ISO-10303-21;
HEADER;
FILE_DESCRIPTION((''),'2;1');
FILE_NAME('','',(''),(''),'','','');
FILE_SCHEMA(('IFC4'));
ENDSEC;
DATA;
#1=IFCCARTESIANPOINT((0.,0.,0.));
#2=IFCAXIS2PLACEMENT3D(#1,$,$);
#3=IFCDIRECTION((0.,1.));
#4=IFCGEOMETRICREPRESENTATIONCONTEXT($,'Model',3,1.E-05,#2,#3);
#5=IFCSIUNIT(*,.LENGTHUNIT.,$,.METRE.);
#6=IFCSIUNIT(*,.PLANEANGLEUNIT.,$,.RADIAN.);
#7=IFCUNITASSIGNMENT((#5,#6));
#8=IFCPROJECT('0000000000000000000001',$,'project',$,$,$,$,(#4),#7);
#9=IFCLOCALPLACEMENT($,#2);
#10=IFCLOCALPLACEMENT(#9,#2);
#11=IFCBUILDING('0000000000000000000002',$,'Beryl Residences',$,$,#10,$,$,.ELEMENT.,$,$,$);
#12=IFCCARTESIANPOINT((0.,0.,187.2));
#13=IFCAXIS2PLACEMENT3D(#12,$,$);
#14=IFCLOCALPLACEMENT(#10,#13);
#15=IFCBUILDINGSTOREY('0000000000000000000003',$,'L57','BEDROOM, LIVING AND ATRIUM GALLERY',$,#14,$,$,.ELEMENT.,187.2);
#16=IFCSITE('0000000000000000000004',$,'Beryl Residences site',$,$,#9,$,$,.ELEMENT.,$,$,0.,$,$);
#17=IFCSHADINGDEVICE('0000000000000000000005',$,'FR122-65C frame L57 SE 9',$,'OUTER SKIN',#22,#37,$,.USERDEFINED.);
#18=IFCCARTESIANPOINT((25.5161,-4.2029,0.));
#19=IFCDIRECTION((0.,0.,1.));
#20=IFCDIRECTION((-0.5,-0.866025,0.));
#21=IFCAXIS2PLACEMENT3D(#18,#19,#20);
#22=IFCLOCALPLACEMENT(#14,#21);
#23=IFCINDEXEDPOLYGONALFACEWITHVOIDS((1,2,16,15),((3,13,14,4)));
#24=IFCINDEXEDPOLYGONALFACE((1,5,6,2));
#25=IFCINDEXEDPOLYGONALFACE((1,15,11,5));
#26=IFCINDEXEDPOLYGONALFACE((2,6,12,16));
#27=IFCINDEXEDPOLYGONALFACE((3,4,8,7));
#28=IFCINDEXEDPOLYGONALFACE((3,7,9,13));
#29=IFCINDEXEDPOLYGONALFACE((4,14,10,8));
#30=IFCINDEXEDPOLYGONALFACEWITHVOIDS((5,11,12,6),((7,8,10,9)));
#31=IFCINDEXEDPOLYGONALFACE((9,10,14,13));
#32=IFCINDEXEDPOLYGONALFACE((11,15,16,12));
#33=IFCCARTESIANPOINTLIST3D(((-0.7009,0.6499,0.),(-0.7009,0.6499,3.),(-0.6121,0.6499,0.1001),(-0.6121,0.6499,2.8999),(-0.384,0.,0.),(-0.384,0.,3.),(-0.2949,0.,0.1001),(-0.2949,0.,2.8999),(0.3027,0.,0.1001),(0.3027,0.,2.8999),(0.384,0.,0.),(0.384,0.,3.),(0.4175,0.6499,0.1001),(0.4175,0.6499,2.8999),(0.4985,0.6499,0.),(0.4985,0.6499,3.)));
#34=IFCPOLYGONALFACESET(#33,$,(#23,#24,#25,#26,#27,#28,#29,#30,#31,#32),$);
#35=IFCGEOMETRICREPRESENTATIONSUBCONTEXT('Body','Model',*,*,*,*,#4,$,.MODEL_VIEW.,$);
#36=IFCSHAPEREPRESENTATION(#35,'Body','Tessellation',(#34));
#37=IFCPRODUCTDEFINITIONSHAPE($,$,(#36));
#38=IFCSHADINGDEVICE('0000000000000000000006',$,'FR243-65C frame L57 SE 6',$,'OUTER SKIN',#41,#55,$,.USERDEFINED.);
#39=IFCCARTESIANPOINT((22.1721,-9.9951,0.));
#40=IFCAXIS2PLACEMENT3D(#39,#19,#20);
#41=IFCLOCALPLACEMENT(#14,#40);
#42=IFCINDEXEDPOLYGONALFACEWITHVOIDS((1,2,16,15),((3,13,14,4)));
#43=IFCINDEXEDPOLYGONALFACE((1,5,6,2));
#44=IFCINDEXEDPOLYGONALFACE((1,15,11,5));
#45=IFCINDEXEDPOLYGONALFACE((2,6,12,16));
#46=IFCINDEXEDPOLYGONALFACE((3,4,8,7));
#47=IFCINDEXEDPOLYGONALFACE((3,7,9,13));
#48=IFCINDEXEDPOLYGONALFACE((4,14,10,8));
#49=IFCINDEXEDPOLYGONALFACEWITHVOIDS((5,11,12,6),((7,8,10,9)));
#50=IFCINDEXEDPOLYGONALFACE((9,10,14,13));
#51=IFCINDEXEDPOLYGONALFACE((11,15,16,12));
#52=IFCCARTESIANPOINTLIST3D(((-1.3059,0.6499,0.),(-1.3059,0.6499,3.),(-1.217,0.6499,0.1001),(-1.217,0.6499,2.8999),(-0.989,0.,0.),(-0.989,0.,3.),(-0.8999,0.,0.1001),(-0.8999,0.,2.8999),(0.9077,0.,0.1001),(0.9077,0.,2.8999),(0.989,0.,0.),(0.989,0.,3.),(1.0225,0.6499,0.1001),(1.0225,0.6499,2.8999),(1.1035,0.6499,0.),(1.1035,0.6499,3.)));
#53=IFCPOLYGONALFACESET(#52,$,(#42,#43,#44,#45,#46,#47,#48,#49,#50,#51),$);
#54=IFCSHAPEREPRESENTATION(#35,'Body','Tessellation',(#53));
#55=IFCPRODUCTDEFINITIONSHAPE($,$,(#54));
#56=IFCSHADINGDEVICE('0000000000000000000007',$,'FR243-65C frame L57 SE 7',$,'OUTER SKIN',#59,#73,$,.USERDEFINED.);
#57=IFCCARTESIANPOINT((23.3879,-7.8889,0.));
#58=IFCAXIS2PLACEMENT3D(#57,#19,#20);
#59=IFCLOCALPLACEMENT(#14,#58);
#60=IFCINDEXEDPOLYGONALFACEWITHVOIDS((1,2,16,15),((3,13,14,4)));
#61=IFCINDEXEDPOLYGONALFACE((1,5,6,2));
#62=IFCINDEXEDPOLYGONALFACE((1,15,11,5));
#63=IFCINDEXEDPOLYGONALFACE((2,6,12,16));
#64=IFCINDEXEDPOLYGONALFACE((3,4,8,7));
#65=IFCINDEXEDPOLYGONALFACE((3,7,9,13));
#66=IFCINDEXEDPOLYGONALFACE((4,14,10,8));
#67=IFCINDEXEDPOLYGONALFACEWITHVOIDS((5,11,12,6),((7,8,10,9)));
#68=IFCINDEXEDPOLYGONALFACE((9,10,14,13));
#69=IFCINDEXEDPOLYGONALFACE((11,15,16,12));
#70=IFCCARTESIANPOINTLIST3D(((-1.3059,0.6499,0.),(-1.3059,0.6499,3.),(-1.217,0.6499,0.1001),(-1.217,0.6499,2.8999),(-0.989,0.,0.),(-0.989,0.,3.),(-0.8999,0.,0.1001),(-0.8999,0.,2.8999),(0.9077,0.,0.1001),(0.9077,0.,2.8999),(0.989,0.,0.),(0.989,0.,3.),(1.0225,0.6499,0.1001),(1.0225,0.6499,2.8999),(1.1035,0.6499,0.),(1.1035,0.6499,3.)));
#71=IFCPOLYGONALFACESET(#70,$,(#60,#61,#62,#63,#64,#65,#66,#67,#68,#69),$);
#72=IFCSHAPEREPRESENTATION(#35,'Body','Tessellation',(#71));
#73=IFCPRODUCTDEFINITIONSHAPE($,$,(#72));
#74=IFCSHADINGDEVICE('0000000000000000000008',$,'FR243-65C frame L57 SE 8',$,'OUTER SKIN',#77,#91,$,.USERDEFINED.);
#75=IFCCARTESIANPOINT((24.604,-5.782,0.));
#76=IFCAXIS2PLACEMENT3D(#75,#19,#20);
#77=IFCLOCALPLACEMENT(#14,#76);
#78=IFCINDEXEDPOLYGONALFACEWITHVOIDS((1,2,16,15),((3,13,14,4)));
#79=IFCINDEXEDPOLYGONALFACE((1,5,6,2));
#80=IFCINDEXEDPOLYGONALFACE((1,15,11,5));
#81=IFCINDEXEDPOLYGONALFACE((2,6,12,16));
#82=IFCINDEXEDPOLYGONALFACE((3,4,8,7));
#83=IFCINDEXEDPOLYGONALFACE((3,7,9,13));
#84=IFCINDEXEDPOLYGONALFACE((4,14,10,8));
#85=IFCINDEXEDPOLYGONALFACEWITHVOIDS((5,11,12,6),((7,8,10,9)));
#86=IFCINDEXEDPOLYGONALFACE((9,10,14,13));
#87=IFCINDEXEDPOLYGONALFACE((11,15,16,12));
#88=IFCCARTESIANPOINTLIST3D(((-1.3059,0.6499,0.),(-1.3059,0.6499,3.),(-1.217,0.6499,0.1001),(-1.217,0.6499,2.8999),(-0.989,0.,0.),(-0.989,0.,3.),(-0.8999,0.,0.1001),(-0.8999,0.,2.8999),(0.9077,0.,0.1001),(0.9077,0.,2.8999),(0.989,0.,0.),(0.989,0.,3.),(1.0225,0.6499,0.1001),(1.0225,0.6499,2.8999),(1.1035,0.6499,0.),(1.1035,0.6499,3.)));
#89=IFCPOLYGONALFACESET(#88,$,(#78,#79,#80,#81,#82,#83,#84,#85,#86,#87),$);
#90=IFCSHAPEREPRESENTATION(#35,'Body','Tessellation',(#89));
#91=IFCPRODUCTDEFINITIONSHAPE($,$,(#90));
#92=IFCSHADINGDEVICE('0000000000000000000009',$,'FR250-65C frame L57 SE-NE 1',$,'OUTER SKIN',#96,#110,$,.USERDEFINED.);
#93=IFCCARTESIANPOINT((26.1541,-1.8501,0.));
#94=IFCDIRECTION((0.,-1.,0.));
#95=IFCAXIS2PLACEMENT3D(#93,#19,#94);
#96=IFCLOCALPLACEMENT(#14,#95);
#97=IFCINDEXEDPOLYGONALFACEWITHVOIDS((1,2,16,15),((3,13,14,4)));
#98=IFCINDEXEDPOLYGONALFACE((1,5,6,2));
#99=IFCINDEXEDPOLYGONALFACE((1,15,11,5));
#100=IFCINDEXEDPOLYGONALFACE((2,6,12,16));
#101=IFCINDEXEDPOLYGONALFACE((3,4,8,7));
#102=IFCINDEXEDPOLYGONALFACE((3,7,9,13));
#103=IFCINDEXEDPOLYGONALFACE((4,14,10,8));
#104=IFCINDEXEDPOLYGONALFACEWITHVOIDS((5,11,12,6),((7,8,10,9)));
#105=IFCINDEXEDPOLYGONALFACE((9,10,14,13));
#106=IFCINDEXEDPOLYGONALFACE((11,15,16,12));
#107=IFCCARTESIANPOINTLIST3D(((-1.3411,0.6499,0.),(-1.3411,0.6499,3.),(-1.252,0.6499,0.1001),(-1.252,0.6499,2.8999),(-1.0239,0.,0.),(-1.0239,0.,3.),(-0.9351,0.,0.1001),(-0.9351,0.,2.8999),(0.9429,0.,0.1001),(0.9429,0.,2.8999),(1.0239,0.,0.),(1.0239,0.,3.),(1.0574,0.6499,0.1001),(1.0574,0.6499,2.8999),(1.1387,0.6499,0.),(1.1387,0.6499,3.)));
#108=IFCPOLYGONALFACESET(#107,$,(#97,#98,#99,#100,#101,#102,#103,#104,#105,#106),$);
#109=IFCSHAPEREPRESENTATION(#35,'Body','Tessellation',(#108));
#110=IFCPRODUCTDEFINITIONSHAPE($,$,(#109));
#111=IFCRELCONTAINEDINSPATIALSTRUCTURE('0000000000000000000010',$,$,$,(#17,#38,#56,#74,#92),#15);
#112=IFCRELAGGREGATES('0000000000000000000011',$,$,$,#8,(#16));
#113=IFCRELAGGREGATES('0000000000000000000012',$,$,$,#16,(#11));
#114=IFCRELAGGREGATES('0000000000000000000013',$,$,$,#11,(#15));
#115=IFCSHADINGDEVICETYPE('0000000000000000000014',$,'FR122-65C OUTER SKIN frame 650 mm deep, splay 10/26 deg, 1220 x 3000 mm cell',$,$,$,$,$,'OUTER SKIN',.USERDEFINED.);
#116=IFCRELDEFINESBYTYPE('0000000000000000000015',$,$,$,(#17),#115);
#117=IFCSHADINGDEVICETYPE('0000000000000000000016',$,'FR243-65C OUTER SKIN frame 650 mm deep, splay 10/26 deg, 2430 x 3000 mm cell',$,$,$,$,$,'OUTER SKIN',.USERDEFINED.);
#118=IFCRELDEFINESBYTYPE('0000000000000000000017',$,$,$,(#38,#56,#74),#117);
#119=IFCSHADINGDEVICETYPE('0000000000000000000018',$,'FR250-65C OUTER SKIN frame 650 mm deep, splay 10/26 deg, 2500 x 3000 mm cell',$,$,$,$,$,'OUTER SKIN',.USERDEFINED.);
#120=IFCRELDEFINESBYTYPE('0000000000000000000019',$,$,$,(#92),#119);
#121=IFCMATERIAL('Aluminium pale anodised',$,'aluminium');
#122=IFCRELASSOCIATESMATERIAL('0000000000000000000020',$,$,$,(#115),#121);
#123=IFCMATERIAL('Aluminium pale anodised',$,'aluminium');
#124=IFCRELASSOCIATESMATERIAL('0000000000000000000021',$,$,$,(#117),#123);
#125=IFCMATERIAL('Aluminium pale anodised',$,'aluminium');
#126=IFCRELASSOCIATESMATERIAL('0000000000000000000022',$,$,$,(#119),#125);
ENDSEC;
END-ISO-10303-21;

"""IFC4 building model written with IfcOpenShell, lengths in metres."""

from ifc_helpers import new_model, entity, si_unit, direction, frame, origin, place, context, subcontext, project, spatial, source, transform, mapped, material, type_object, type_shapes, element, save


model = new_model("IFC4")

# Units and contexts
model_context = context("Model", 3, precision=1e-05, world=origin(), true_north=direction((0.0, 1.0)))
body_context = subcontext(model_context, "Body", "Model", "MODEL_VIEW")
ifc_project = project(units=[si_unit("LENGTHUNIT", "METRE"), si_unit("PLANEANGLEUNIT", "RADIAN")], contexts=[model_context])

# Site, building, storey
site_placement = place(None, origin())
site = spatial("IfcSite", under=ifc_project, at=site_placement, Name="Beryl Residences site", CompositionType="ELEMENT", RefElevation=0.0)
building_placement = place(site_placement, origin())
building = spatial("IfcBuilding", under=site, at=building_placement, Name="Beryl Residences", CompositionType="ELEMENT")
storey_placement = place(building_placement, frame((0.0, 0.0, 187.2)))
storey = spatial("IfcBuildingStorey", under=building, at=storey_placement, Name="L57", Description="BEDROOM, LIVING AND ATRIUM GALLERY", CompositionType="ELEMENT", Elevation=187.2)

# Shading devices
ifc_material_1 = material(Name="Aluminium pale anodised", Category="aluminium")
shading_device_type_1 = type_object("IfcShadingDeviceType", Name="FR122-65C OUTER SKIN frame 650 mm deep, splay 10/26 deg, 1220 x 3000 mm cell", ElementType="OUTER SKIN", PredefinedType="USERDEFINED", material=ifc_material_1)
cartesian_point_1 = entity("IfcCartesianPoint", [-0.384, 0.0])
cartesian_point_2 = entity("IfcCartesianPoint", [-0.3027, 0.1001])
cartesian_point_3 = entity("IfcCartesianPoint", [-0.4985, 0.0])
cartesian_point_4 = entity("IfcCartesianPoint", [-0.4175, 0.1001])
shared_shape_1 = source(origin(), body_context, "Body", "SweptSolid", [
    entity("IfcExtrudedAreaSolidTapered", entity("IfcArbitraryProfileDefWithVoids", "AREA", None, entity("IfcPolyline", [cartesian_point_1, entity("IfcCartesianPoint", [0.384, 0.0]), entity("IfcCartesianPoint", [0.384, 3.0]), entity("IfcCartesianPoint", [-0.384, 3.0]), cartesian_point_1]), [entity("IfcPolyline", [cartesian_point_2, entity("IfcCartesianPoint", [0.2949, 0.1001]), entity("IfcCartesianPoint", [0.2949, 2.8999]), entity("IfcCartesianPoint", [-0.3027, 2.8999]), cartesian_point_2])]), entity("IfcAxis2Placement3D", entity("IfcCartesianPoint", [0.0, 0.0, 0.0]), entity("IfcDirection", [0.0, 1.0, 0.0]), entity("IfcDirection", [-1.0, 0.0, 0.0])), entity("IfcDirection", [0.0, 0.0, 1.0]), 0.6499, entity("IfcArbitraryProfileDefWithVoids", "AREA", None, entity("IfcPolyline", [cartesian_point_3, entity("IfcCartesianPoint", [0.7009, 0.0]), entity("IfcCartesianPoint", [0.7009, 3.0]), entity("IfcCartesianPoint", [-0.4985, 3.0]), cartesian_point_3]), [entity("IfcPolyline", [cartesian_point_4, entity("IfcCartesianPoint", [0.6121, 0.1001]), entity("IfcCartesianPoint", [0.6121, 2.8999]), entity("IfcCartesianPoint", [-0.4175, 2.8999]), cartesian_point_4])])),
])
type_shapes(shading_device_type_1, [shared_shape_1])
shading_device_1_placement = place(storey_placement, frame((25.5161, -4.2029, 0.0), z_axis=(0.0, 0.0, 1.0), x_axis=(-0.5, -0.866025, 0.0)))
element("IfcShadingDevice", 1, at=shading_device_1_placement, inside=storey, type_object=shading_device_type_1, Name="FR122-65C frame L57 SE 9", ObjectType="OUTER SKIN", PredefinedType="USERDEFINED", context=body_context, shape_type="MappedRepresentation", body=[
    mapped(shared_shape_1, transform((0.0, 0.0, 0.0))),
])
ifc_material_2 = material(Name="Aluminium pale anodised", Category="aluminium")
shading_device_type_2 = type_object("IfcShadingDeviceType", Name="FR243-65C OUTER SKIN frame 650 mm deep, splay 10/26 deg, 2430 x 3000 mm cell", ElementType="OUTER SKIN", PredefinedType="USERDEFINED", material=ifc_material_2)
cartesian_point_5 = entity("IfcCartesianPoint", [-0.989, 0.0])
cartesian_point_6 = entity("IfcCartesianPoint", [-0.9077, 0.1001])
cartesian_point_7 = entity("IfcCartesianPoint", [-1.1035, 0.0])
cartesian_point_8 = entity("IfcCartesianPoint", [-1.0225, 0.1001])
shared_shape_2 = source(origin(), body_context, "Body", "SweptSolid", [
    entity("IfcExtrudedAreaSolidTapered", entity("IfcArbitraryProfileDefWithVoids", "AREA", None, entity("IfcPolyline", [cartesian_point_5, entity("IfcCartesianPoint", [0.989, 0.0]), entity("IfcCartesianPoint", [0.989, 3.0]), entity("IfcCartesianPoint", [-0.989, 3.0]), cartesian_point_5]), [entity("IfcPolyline", [cartesian_point_6, entity("IfcCartesianPoint", [0.8999, 0.1001]), entity("IfcCartesianPoint", [0.8999, 2.8999]), entity("IfcCartesianPoint", [-0.9077, 2.8999]), cartesian_point_6])]), entity("IfcAxis2Placement3D", entity("IfcCartesianPoint", [0.0, 0.0, 0.0]), entity("IfcDirection", [0.0, 1.0, 0.0]), entity("IfcDirection", [-1.0, 0.0, 0.0])), entity("IfcDirection", [0.0, 0.0, 1.0]), 0.6499, entity("IfcArbitraryProfileDefWithVoids", "AREA", None, entity("IfcPolyline", [cartesian_point_7, entity("IfcCartesianPoint", [1.3059, 0.0]), entity("IfcCartesianPoint", [1.3059, 3.0]), entity("IfcCartesianPoint", [-1.1035, 3.0]), cartesian_point_7]), [entity("IfcPolyline", [cartesian_point_8, entity("IfcCartesianPoint", [1.217, 0.1001]), entity("IfcCartesianPoint", [1.217, 2.8999]), entity("IfcCartesianPoint", [-1.0225, 2.8999]), cartesian_point_8])])),
])
type_shapes(shading_device_type_2, [shared_shape_2])
for number, where, z_axis, x_axis, name in (
    (2, (22.1721, -9.9951, 0.0), (0.0, 0.0, 1.0), (-0.5, -0.866025, 0.0), "FR243-65C frame L57 SE 6"),
    (3, (23.3879, -7.8889, 0.0), (0.0, 0.0, 1.0), (-0.5, -0.866025, 0.0), "FR243-65C frame L57 SE 7"),
    (4, (24.604, -5.782, 0.0), (0.0, 0.0, 1.0), (-0.5, -0.866025, 0.0), "FR243-65C frame L57 SE 8"),
):
    element("IfcShadingDevice", number, at=place(storey_placement, frame(where, z_axis=z_axis, x_axis=x_axis)), inside=storey, type_object=shading_device_type_2, Name=name, ObjectType="OUTER SKIN", PredefinedType="USERDEFINED", context=body_context, shape_type="MappedRepresentation", body=[
        mapped(shared_shape_2, transform((0.0, 0.0, 0.0))),
    ])
ifc_material_3 = material(Name="Aluminium pale anodised", Category="aluminium")
shading_device_type_3 = type_object("IfcShadingDeviceType", Name="FR250-65C OUTER SKIN frame 650 mm deep, splay 10/26 deg, 2500 x 3000 mm cell", ElementType="OUTER SKIN", PredefinedType="USERDEFINED", material=ifc_material_3)
cartesian_point_9 = entity("IfcCartesianPoint", [-1.0239, 0.0])
cartesian_point_10 = entity("IfcCartesianPoint", [-0.9429, 0.1001])
cartesian_point_11 = entity("IfcCartesianPoint", [-1.1387, 0.0])
cartesian_point_12 = entity("IfcCartesianPoint", [-1.0574, 0.1001])
shared_shape_3 = source(origin(), body_context, "Body", "SweptSolid", [
    entity("IfcExtrudedAreaSolidTapered", entity("IfcArbitraryProfileDefWithVoids", "AREA", None, entity("IfcPolyline", [cartesian_point_9, entity("IfcCartesianPoint", [1.0239, 0.0]), entity("IfcCartesianPoint", [1.0239, 3.0]), entity("IfcCartesianPoint", [-1.0239, 3.0]), cartesian_point_9]), [entity("IfcPolyline", [cartesian_point_10, entity("IfcCartesianPoint", [0.9351, 0.1001]), entity("IfcCartesianPoint", [0.9351, 2.8999]), entity("IfcCartesianPoint", [-0.9429, 2.8999]), cartesian_point_10])]), entity("IfcAxis2Placement3D", entity("IfcCartesianPoint", [0.0, 0.0, 0.0]), entity("IfcDirection", [0.0, 1.0, 0.0]), entity("IfcDirection", [-1.0, 0.0, 0.0])), entity("IfcDirection", [0.0, 0.0, 1.0]), 0.6499, entity("IfcArbitraryProfileDefWithVoids", "AREA", None, entity("IfcPolyline", [cartesian_point_11, entity("IfcCartesianPoint", [1.3411, 0.0]), entity("IfcCartesianPoint", [1.3411, 3.0]), entity("IfcCartesianPoint", [-1.1387, 3.0]), cartesian_point_11]), [entity("IfcPolyline", [cartesian_point_12, entity("IfcCartesianPoint", [1.252, 0.1001]), entity("IfcCartesianPoint", [1.252, 2.8999]), entity("IfcCartesianPoint", [-1.0574, 2.8999]), cartesian_point_12])])),
])
type_shapes(shading_device_type_3, [shared_shape_3])
shading_device_2_placement = place(storey_placement, frame((26.1541, -1.8501, 0.0), z_axis=(0.0, 0.0, 1.0), x_axis=(0.0, -1.0, 0.0)))
element("IfcShadingDevice", 5, at=shading_device_2_placement, inside=storey, type_object=shading_device_type_3, Name="FR250-65C frame L57 SE-NE 1", ObjectType="OUTER SKIN", PredefinedType="USERDEFINED", context=body_context, shape_type="MappedRepresentation", body=[
    mapped(shared_shape_3, transform((0.0, 0.0, 0.0))),
])

save(model, "model.ifc")
